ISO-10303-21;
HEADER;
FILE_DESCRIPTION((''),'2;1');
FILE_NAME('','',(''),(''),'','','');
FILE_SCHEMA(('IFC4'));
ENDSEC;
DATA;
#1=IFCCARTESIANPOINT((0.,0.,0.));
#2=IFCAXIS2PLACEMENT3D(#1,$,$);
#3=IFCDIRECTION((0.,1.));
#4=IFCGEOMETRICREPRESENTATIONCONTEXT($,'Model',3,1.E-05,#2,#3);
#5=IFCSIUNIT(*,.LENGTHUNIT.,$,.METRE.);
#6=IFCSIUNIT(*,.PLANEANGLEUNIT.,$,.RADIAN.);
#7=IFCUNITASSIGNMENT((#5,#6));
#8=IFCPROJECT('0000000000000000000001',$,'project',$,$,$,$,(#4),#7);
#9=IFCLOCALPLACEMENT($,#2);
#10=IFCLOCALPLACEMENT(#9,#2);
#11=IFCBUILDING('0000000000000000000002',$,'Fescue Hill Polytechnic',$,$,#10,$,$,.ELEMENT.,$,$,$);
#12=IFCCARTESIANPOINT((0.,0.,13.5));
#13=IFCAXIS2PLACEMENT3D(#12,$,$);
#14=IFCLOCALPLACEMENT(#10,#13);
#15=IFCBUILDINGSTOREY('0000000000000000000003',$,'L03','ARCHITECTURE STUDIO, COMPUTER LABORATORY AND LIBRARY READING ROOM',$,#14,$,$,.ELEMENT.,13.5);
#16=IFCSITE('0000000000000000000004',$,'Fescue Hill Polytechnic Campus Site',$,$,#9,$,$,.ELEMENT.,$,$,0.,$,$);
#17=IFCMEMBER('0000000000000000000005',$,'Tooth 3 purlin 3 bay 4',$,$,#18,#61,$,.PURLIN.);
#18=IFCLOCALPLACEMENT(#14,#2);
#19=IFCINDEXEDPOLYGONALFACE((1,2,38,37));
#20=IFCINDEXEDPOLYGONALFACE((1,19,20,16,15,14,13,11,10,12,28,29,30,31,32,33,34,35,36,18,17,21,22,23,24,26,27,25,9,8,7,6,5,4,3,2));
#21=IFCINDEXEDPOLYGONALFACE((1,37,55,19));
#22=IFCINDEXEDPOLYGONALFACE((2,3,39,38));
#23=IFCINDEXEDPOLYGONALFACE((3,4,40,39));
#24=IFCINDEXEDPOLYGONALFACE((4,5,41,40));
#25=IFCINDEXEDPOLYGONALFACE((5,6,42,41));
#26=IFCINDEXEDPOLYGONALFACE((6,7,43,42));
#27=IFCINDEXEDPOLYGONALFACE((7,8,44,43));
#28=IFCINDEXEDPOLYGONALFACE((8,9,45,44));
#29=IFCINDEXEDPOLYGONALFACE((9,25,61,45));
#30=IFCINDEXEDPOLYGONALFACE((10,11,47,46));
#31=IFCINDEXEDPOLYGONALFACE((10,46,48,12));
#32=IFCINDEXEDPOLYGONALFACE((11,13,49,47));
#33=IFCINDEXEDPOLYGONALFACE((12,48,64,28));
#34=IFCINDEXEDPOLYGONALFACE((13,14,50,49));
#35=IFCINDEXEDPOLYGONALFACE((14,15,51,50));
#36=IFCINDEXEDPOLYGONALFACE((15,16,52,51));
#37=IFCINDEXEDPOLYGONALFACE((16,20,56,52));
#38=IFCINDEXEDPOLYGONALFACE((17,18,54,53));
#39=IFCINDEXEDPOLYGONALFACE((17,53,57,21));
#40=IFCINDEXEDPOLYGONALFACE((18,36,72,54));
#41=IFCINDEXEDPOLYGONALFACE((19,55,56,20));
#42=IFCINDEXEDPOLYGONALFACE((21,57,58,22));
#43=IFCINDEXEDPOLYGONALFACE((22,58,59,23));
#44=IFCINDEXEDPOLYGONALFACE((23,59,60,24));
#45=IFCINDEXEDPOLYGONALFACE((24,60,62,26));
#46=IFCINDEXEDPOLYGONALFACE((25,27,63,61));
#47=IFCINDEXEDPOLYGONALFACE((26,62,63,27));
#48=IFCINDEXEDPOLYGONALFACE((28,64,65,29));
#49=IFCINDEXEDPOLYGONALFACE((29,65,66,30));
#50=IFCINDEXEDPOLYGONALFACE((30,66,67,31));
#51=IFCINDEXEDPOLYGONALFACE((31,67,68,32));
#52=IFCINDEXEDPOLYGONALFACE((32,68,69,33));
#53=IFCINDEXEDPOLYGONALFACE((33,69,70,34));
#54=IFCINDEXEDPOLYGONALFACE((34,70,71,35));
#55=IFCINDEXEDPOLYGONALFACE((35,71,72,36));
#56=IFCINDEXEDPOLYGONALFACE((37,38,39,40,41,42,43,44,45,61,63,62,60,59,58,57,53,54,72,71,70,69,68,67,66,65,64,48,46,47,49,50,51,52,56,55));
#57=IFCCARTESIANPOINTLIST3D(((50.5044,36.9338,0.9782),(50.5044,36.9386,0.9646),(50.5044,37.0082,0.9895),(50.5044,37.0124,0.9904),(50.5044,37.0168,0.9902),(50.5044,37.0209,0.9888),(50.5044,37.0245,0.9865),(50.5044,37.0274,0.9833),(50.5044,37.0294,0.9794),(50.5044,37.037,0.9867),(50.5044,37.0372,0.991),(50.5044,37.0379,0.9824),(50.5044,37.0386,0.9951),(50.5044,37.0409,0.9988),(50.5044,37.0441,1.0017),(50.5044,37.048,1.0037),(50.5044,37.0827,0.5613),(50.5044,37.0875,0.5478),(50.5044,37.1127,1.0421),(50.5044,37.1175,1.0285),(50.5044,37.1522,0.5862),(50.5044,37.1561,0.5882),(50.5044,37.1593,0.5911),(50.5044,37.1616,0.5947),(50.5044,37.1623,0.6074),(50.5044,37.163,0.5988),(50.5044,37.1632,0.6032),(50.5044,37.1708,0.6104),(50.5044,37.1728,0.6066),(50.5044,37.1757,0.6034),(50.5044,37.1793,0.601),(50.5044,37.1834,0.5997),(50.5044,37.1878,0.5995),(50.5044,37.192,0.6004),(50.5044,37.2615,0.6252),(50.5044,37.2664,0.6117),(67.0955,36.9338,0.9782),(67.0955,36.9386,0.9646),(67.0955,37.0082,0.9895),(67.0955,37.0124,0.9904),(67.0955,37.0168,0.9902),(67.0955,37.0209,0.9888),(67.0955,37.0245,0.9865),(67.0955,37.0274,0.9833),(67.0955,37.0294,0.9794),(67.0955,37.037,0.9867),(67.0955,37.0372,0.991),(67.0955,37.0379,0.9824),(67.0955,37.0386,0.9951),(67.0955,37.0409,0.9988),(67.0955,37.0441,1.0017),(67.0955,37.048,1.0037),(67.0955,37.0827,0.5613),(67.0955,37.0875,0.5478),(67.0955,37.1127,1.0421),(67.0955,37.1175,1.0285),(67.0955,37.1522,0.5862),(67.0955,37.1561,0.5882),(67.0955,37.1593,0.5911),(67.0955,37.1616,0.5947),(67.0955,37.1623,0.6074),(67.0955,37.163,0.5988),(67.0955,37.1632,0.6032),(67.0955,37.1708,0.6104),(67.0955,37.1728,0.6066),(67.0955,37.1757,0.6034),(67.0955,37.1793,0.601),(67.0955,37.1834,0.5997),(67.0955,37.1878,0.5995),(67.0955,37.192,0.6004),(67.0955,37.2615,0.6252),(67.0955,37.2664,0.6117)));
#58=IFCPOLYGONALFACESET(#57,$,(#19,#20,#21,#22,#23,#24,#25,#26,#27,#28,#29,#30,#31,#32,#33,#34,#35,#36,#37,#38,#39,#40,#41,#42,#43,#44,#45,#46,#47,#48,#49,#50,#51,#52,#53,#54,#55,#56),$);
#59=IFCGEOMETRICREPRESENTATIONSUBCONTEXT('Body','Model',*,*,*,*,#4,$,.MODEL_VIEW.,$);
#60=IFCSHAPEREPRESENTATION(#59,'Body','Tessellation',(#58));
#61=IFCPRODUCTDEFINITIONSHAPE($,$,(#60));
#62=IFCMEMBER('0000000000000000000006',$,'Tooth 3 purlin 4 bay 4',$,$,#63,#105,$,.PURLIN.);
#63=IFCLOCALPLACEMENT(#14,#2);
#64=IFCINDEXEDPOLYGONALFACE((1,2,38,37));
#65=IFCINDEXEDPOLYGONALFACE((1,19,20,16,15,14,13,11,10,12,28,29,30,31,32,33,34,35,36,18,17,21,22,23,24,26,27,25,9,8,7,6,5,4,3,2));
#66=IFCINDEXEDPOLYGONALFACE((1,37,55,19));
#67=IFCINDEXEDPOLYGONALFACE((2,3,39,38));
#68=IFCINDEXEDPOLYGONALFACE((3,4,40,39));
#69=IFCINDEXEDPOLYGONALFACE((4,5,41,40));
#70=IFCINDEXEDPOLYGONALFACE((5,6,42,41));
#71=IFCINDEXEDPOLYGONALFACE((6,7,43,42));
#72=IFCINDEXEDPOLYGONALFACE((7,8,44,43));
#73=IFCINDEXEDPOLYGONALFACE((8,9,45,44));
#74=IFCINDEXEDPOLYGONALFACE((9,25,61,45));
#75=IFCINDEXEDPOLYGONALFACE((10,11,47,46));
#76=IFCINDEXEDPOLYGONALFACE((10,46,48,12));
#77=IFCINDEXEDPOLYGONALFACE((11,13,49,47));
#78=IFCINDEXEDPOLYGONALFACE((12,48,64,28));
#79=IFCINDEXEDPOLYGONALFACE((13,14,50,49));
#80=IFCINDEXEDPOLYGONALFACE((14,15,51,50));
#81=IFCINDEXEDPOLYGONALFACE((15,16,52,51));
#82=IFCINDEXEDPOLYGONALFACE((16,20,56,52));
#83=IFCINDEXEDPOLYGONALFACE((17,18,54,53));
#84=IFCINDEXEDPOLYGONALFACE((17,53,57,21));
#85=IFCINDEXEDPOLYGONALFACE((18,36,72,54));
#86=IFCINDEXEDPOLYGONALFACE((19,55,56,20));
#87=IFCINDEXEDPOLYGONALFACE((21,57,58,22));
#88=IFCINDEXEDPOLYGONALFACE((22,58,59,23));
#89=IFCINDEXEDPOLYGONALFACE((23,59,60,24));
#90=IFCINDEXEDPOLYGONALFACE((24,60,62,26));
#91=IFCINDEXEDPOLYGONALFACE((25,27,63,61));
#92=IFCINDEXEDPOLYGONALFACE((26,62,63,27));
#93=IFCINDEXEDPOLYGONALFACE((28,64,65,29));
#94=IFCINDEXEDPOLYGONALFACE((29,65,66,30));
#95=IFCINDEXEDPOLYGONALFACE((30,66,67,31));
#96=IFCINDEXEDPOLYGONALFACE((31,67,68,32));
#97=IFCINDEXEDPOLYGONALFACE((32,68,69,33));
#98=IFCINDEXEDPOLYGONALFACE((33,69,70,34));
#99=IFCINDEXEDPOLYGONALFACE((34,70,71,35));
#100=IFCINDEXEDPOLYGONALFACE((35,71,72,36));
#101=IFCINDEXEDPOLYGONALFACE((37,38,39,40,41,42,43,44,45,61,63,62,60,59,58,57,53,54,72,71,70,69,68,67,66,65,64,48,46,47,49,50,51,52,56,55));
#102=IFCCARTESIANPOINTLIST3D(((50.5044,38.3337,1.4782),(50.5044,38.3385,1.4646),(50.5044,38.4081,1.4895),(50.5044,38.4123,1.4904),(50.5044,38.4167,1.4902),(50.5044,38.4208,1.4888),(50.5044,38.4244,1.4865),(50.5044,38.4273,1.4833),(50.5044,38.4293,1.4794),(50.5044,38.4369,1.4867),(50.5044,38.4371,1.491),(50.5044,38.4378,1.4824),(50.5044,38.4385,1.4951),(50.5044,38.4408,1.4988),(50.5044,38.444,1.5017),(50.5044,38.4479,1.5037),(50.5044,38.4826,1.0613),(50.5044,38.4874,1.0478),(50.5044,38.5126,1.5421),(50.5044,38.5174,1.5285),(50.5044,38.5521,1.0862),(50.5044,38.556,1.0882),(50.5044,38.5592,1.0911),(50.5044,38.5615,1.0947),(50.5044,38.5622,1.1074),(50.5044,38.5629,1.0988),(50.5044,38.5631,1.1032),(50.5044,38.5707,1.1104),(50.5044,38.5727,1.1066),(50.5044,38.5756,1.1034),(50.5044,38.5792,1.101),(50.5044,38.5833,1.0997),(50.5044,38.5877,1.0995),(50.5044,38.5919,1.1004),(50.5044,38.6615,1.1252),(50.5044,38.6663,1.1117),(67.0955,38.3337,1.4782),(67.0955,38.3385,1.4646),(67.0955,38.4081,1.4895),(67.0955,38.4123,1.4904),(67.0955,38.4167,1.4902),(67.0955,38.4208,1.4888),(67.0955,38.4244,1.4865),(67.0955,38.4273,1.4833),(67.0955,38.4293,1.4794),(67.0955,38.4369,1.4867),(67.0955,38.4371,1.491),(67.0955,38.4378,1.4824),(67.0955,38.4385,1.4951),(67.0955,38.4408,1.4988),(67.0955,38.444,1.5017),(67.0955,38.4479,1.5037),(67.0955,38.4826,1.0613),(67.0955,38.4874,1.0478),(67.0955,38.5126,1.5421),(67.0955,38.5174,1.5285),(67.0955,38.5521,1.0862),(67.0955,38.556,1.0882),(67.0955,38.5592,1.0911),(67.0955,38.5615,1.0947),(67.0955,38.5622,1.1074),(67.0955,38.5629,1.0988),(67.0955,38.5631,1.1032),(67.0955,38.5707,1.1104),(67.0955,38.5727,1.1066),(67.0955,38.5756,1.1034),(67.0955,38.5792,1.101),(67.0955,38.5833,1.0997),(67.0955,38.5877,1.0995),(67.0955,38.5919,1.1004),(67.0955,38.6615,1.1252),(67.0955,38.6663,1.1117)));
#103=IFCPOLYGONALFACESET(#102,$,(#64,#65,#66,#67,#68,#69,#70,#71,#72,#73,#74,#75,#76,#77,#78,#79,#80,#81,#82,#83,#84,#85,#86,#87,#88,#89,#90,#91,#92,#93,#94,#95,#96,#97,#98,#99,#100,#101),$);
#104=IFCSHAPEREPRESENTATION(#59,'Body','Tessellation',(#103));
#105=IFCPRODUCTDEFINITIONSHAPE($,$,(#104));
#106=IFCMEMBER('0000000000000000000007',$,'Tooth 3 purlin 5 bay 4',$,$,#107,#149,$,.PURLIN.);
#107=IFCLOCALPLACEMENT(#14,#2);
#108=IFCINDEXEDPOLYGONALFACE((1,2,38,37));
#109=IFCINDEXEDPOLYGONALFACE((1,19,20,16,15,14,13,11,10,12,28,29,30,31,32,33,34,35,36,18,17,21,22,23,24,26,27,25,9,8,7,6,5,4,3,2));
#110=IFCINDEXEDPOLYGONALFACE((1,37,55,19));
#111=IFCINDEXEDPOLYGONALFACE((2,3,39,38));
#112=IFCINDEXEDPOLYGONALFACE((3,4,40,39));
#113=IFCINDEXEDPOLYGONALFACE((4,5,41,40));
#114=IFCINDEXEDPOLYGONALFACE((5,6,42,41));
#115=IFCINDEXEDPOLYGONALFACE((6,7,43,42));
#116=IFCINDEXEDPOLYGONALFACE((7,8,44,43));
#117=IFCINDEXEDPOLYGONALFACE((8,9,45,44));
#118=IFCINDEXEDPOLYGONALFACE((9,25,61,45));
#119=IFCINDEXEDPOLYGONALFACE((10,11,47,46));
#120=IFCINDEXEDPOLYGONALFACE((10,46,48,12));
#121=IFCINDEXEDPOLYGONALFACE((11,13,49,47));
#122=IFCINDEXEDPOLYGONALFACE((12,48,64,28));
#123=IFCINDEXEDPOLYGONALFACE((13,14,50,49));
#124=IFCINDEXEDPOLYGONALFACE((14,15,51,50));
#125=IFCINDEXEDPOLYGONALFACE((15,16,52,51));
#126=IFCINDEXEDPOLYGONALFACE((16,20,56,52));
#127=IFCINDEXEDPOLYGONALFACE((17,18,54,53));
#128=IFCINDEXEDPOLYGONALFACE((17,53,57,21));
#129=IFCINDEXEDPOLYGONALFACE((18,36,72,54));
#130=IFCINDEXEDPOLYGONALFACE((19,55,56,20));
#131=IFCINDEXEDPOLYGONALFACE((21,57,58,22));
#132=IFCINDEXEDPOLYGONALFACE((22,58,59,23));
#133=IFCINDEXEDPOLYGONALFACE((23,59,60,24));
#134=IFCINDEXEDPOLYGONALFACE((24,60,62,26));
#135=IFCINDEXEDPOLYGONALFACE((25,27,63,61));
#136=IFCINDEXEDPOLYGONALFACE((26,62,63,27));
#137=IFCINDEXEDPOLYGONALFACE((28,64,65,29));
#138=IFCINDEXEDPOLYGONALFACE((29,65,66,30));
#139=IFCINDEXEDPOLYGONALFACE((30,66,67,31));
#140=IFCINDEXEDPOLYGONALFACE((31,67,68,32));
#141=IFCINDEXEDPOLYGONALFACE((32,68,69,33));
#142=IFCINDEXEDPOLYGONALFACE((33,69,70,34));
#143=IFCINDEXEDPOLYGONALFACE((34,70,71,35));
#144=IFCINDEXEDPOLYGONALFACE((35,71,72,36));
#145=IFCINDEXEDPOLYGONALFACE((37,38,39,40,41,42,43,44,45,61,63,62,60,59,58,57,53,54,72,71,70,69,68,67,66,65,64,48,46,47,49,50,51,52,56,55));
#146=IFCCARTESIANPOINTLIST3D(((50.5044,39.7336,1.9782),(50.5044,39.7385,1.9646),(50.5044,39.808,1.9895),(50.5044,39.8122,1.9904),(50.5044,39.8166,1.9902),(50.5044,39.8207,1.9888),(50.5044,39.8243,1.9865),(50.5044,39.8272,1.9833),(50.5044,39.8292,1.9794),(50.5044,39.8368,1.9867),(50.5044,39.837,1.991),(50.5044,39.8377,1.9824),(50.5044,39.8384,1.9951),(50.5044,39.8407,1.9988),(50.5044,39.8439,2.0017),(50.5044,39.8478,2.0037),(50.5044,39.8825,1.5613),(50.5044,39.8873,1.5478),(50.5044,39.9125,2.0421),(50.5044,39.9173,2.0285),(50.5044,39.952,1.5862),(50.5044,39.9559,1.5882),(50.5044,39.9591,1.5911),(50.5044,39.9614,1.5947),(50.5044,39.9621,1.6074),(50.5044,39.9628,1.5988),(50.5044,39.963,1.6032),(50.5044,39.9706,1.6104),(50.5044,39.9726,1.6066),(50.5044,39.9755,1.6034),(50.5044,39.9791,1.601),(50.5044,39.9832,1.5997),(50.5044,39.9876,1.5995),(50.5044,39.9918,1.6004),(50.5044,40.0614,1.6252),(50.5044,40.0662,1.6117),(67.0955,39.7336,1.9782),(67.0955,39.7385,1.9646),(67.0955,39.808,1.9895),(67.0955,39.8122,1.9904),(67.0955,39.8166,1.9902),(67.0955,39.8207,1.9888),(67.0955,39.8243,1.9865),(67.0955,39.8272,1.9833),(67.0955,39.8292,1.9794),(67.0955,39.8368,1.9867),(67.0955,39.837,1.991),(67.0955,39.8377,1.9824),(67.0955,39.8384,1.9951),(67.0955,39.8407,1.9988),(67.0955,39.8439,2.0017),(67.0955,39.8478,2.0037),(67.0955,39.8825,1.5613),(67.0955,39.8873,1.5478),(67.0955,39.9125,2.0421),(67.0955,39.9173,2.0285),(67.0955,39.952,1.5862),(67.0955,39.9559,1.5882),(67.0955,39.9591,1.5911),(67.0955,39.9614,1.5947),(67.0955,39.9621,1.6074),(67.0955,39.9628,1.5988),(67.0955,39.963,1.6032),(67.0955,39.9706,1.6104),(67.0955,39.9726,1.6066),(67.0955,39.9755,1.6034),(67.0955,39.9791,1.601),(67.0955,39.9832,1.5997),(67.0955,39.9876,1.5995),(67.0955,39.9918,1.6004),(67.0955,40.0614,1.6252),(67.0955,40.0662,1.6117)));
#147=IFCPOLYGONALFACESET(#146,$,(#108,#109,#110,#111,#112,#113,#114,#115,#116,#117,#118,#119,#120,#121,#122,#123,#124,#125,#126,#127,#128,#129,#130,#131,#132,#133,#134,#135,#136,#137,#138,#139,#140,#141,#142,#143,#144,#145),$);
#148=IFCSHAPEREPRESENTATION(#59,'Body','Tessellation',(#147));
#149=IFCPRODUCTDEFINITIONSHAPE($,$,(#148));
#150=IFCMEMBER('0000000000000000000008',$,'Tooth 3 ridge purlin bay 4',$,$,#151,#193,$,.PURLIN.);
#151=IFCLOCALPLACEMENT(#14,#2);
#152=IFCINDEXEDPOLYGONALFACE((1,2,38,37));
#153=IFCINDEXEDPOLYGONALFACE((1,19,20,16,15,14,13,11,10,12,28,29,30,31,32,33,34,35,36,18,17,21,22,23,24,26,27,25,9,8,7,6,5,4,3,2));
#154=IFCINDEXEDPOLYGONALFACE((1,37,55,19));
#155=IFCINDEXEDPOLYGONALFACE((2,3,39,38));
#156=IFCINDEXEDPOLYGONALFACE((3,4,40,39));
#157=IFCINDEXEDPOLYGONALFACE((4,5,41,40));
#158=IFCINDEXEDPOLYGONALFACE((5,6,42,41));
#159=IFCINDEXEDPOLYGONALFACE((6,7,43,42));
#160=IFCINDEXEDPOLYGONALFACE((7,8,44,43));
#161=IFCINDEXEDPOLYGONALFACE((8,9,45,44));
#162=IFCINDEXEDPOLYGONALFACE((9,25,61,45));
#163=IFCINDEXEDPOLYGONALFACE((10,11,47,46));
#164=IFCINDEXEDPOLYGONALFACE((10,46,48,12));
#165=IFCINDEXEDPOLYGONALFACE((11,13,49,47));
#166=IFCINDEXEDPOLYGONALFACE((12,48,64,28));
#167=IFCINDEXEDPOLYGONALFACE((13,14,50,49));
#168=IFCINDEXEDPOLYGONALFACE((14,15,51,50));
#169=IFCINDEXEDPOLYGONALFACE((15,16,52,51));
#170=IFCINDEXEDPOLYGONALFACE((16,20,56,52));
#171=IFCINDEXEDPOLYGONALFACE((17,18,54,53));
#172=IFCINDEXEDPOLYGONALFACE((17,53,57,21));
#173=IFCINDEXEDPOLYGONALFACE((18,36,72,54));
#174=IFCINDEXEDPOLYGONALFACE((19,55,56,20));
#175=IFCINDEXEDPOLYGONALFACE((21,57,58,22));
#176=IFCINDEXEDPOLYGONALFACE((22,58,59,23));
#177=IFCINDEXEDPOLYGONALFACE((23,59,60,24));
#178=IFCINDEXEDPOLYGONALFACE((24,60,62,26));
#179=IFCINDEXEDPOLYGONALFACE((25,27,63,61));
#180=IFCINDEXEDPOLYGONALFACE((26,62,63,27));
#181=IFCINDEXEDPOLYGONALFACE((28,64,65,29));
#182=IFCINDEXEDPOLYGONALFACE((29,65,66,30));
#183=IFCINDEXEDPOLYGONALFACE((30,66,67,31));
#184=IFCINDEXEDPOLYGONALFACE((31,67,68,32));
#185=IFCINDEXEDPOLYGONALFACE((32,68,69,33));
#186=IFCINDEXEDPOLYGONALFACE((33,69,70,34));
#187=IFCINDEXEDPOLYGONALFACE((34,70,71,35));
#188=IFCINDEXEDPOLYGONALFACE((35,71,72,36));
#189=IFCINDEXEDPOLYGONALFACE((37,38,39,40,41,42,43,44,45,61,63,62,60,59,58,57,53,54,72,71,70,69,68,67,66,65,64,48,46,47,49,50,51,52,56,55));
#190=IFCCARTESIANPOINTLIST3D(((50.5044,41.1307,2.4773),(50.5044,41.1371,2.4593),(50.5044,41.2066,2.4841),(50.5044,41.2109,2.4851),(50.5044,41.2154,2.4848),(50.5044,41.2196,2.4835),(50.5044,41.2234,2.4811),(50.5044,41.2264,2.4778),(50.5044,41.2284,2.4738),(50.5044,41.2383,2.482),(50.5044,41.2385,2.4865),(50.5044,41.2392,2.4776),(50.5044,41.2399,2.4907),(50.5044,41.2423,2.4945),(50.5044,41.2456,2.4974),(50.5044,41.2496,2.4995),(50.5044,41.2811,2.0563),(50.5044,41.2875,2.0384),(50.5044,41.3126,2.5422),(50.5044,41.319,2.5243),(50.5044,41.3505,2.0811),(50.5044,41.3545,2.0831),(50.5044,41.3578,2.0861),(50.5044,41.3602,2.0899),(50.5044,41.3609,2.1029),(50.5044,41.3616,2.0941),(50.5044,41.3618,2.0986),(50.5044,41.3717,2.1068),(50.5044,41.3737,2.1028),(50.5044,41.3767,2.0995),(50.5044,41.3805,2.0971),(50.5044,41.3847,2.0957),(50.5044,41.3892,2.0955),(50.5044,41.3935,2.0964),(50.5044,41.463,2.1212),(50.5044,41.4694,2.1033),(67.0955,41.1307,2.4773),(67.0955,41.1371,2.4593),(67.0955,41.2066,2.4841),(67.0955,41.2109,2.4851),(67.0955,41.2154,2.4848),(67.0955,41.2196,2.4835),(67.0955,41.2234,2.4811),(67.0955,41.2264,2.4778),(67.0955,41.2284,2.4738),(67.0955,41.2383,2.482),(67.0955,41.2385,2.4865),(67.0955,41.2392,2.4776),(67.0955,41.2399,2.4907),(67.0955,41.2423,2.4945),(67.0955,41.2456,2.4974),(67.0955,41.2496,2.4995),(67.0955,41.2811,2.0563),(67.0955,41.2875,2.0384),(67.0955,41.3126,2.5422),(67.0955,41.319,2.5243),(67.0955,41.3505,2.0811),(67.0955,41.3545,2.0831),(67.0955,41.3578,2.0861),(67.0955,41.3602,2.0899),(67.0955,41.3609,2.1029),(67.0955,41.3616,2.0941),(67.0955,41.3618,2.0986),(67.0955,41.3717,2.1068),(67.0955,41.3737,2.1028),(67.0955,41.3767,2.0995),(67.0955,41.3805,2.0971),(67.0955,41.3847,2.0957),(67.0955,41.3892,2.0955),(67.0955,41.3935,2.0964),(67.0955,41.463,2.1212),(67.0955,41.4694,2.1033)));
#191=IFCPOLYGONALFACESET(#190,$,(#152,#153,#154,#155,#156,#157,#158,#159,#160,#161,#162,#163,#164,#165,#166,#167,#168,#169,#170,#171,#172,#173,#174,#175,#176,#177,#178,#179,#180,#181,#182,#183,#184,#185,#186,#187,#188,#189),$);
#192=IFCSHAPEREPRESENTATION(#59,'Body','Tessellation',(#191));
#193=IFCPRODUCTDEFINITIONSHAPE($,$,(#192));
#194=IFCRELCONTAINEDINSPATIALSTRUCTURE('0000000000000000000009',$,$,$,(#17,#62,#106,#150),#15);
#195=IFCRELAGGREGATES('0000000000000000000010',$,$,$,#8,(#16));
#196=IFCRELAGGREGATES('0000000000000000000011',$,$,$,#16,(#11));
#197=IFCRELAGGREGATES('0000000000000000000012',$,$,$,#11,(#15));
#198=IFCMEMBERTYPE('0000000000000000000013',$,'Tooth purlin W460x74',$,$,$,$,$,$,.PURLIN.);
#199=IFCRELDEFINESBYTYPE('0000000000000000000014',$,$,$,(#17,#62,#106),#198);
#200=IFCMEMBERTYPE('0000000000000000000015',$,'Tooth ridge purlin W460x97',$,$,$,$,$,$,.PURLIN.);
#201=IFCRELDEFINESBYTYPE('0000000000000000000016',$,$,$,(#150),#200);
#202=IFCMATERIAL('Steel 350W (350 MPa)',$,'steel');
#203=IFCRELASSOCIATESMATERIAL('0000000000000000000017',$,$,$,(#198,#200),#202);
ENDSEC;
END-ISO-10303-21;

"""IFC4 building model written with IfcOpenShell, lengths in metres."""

from ifc_helpers import new_model, si_unit, direction, frame, origin, origin_2d, place, context, subcontext, project, spatial, i_section, extrude, material, material_profile, profile_set, type_object, element, save


model = new_model("IFC4")

# Units and contexts
model_context = context("Model", 3, precision=1e-05, world=origin(), true_north=direction((0.0, 1.0)))
body_context = subcontext(model_context, "Body", "Model", "MODEL_VIEW")
ifc_project = project(units=[si_unit("LENGTHUNIT", "METRE"), si_unit("PLANEANGLEUNIT", "RADIAN")], contexts=[model_context])

# Site, building, storey
site_placement = place(None, origin())
site = spatial("IfcSite", under=ifc_project, at=site_placement, Name="Fescue Hill Polytechnic Campus Site", CompositionType="ELEMENT", RefElevation=0.0)
building_placement = place(site_placement, origin())
building = spatial("IfcBuilding", under=site, at=building_placement, Name="Fescue Hill Polytechnic", CompositionType="ELEMENT")
storey_placement = place(building_placement, frame((0.0, 0.0, 13.5)))
storey = spatial("IfcBuildingStorey", under=building, at=storey_placement, Name="L03", Description="ARCHITECTURE STUDIO, COMPUTER LABORATORY AND LIBRARY READING ROOM", CompositionType="ELEMENT", Elevation=13.5)

# Members
ifc_material_1 = material(Name="Steel 350W (350 MPa)", Category="steel")
ifc_material_profile_1 = material_profile(ifc_material_1, i_section(OverallWidth=0.1899, OverallDepth=0.457, WebThickness=0.009, FlangeThickness=0.0144, FilletRadius=0.0166, at=origin_2d()), Name="W460x74")
ifc_profile_set_1 = profile_set([ifc_material_profile_1], Name="Steel 350W (350 MPa)")
member_type_1 = type_object("IfcMemberType", Name="Tooth purlin W460x74", PredefinedType="PURLIN", material=ifc_profile_set_1)
for number, where, z_axis, x_axis, name in (
    (1, (50.5044, 37.1001, 0.7949), (1.0, 0.0, 0.0), (0.0, 0.941742, 0.336336), "Tooth 3 purlin 3 bay 4"),
    (2, (50.5044, 38.5, 1.2949), (1.0, 0.0, 0.0), (0.0, 0.941742, 0.336336), "Tooth 3 purlin 4 bay 4"),
    (3, (50.5044, 39.8999, 1.7949), (1.0, 0.0, 0.0), (0.0, 0.941742, 0.336336), "Tooth 3 purlin 5 bay 4"),
):
    element("IfcMember", number, at=place(storey_placement, frame(where, z_axis=z_axis, x_axis=x_axis)), inside=storey, type_object=member_type_1, Name=name, PredefinedType="PURLIN", context=body_context, shape_type="SweptSolid", body=[
        extrude(i_section(OverallWidth=0.1899, OverallDepth=0.457, WebThickness=0.009, FlangeThickness=0.0144, FilletRadius=0.0166, at=origin_2d()), origin(), (0.0, 0.0, 1.0), 16.5911),
    ])
ifc_material_profile_2 = material_profile(ifc_material_1, i_section(OverallWidth=0.1931, OverallDepth=0.4661, WebThickness=0.0115, FlangeThickness=0.019, FilletRadius=0.0171, at=origin_2d()), Name="W460x97")
ifc_profile_set_2 = profile_set([ifc_material_profile_2], Name="Steel 350W (350 MPa)")
member_type_2 = type_object("IfcMemberType", Name="Tooth ridge purlin W460x97", PredefinedType="PURLIN", material=ifc_profile_set_2)
member_1_placement = place(storey_placement, frame((50.5044, 41.3, 2.2903), z_axis=(1.0, 0.0, 0.0), x_axis=(0.0, 0.941742, 0.336336)))
element("IfcMember", 4, at=member_1_placement, inside=storey, type_object=member_type_2, Name="Tooth 3 ridge purlin bay 4", PredefinedType="PURLIN", context=body_context, shape_type="SweptSolid", body=[
    extrude(i_section(OverallWidth=0.1931, OverallDepth=0.4661, WebThickness=0.0115, FlangeThickness=0.019, FilletRadius=0.0171, at=origin_2d()), origin(), (0.0, 0.0, 1.0), 16.5911),
])

save(model, "model.ifc")
